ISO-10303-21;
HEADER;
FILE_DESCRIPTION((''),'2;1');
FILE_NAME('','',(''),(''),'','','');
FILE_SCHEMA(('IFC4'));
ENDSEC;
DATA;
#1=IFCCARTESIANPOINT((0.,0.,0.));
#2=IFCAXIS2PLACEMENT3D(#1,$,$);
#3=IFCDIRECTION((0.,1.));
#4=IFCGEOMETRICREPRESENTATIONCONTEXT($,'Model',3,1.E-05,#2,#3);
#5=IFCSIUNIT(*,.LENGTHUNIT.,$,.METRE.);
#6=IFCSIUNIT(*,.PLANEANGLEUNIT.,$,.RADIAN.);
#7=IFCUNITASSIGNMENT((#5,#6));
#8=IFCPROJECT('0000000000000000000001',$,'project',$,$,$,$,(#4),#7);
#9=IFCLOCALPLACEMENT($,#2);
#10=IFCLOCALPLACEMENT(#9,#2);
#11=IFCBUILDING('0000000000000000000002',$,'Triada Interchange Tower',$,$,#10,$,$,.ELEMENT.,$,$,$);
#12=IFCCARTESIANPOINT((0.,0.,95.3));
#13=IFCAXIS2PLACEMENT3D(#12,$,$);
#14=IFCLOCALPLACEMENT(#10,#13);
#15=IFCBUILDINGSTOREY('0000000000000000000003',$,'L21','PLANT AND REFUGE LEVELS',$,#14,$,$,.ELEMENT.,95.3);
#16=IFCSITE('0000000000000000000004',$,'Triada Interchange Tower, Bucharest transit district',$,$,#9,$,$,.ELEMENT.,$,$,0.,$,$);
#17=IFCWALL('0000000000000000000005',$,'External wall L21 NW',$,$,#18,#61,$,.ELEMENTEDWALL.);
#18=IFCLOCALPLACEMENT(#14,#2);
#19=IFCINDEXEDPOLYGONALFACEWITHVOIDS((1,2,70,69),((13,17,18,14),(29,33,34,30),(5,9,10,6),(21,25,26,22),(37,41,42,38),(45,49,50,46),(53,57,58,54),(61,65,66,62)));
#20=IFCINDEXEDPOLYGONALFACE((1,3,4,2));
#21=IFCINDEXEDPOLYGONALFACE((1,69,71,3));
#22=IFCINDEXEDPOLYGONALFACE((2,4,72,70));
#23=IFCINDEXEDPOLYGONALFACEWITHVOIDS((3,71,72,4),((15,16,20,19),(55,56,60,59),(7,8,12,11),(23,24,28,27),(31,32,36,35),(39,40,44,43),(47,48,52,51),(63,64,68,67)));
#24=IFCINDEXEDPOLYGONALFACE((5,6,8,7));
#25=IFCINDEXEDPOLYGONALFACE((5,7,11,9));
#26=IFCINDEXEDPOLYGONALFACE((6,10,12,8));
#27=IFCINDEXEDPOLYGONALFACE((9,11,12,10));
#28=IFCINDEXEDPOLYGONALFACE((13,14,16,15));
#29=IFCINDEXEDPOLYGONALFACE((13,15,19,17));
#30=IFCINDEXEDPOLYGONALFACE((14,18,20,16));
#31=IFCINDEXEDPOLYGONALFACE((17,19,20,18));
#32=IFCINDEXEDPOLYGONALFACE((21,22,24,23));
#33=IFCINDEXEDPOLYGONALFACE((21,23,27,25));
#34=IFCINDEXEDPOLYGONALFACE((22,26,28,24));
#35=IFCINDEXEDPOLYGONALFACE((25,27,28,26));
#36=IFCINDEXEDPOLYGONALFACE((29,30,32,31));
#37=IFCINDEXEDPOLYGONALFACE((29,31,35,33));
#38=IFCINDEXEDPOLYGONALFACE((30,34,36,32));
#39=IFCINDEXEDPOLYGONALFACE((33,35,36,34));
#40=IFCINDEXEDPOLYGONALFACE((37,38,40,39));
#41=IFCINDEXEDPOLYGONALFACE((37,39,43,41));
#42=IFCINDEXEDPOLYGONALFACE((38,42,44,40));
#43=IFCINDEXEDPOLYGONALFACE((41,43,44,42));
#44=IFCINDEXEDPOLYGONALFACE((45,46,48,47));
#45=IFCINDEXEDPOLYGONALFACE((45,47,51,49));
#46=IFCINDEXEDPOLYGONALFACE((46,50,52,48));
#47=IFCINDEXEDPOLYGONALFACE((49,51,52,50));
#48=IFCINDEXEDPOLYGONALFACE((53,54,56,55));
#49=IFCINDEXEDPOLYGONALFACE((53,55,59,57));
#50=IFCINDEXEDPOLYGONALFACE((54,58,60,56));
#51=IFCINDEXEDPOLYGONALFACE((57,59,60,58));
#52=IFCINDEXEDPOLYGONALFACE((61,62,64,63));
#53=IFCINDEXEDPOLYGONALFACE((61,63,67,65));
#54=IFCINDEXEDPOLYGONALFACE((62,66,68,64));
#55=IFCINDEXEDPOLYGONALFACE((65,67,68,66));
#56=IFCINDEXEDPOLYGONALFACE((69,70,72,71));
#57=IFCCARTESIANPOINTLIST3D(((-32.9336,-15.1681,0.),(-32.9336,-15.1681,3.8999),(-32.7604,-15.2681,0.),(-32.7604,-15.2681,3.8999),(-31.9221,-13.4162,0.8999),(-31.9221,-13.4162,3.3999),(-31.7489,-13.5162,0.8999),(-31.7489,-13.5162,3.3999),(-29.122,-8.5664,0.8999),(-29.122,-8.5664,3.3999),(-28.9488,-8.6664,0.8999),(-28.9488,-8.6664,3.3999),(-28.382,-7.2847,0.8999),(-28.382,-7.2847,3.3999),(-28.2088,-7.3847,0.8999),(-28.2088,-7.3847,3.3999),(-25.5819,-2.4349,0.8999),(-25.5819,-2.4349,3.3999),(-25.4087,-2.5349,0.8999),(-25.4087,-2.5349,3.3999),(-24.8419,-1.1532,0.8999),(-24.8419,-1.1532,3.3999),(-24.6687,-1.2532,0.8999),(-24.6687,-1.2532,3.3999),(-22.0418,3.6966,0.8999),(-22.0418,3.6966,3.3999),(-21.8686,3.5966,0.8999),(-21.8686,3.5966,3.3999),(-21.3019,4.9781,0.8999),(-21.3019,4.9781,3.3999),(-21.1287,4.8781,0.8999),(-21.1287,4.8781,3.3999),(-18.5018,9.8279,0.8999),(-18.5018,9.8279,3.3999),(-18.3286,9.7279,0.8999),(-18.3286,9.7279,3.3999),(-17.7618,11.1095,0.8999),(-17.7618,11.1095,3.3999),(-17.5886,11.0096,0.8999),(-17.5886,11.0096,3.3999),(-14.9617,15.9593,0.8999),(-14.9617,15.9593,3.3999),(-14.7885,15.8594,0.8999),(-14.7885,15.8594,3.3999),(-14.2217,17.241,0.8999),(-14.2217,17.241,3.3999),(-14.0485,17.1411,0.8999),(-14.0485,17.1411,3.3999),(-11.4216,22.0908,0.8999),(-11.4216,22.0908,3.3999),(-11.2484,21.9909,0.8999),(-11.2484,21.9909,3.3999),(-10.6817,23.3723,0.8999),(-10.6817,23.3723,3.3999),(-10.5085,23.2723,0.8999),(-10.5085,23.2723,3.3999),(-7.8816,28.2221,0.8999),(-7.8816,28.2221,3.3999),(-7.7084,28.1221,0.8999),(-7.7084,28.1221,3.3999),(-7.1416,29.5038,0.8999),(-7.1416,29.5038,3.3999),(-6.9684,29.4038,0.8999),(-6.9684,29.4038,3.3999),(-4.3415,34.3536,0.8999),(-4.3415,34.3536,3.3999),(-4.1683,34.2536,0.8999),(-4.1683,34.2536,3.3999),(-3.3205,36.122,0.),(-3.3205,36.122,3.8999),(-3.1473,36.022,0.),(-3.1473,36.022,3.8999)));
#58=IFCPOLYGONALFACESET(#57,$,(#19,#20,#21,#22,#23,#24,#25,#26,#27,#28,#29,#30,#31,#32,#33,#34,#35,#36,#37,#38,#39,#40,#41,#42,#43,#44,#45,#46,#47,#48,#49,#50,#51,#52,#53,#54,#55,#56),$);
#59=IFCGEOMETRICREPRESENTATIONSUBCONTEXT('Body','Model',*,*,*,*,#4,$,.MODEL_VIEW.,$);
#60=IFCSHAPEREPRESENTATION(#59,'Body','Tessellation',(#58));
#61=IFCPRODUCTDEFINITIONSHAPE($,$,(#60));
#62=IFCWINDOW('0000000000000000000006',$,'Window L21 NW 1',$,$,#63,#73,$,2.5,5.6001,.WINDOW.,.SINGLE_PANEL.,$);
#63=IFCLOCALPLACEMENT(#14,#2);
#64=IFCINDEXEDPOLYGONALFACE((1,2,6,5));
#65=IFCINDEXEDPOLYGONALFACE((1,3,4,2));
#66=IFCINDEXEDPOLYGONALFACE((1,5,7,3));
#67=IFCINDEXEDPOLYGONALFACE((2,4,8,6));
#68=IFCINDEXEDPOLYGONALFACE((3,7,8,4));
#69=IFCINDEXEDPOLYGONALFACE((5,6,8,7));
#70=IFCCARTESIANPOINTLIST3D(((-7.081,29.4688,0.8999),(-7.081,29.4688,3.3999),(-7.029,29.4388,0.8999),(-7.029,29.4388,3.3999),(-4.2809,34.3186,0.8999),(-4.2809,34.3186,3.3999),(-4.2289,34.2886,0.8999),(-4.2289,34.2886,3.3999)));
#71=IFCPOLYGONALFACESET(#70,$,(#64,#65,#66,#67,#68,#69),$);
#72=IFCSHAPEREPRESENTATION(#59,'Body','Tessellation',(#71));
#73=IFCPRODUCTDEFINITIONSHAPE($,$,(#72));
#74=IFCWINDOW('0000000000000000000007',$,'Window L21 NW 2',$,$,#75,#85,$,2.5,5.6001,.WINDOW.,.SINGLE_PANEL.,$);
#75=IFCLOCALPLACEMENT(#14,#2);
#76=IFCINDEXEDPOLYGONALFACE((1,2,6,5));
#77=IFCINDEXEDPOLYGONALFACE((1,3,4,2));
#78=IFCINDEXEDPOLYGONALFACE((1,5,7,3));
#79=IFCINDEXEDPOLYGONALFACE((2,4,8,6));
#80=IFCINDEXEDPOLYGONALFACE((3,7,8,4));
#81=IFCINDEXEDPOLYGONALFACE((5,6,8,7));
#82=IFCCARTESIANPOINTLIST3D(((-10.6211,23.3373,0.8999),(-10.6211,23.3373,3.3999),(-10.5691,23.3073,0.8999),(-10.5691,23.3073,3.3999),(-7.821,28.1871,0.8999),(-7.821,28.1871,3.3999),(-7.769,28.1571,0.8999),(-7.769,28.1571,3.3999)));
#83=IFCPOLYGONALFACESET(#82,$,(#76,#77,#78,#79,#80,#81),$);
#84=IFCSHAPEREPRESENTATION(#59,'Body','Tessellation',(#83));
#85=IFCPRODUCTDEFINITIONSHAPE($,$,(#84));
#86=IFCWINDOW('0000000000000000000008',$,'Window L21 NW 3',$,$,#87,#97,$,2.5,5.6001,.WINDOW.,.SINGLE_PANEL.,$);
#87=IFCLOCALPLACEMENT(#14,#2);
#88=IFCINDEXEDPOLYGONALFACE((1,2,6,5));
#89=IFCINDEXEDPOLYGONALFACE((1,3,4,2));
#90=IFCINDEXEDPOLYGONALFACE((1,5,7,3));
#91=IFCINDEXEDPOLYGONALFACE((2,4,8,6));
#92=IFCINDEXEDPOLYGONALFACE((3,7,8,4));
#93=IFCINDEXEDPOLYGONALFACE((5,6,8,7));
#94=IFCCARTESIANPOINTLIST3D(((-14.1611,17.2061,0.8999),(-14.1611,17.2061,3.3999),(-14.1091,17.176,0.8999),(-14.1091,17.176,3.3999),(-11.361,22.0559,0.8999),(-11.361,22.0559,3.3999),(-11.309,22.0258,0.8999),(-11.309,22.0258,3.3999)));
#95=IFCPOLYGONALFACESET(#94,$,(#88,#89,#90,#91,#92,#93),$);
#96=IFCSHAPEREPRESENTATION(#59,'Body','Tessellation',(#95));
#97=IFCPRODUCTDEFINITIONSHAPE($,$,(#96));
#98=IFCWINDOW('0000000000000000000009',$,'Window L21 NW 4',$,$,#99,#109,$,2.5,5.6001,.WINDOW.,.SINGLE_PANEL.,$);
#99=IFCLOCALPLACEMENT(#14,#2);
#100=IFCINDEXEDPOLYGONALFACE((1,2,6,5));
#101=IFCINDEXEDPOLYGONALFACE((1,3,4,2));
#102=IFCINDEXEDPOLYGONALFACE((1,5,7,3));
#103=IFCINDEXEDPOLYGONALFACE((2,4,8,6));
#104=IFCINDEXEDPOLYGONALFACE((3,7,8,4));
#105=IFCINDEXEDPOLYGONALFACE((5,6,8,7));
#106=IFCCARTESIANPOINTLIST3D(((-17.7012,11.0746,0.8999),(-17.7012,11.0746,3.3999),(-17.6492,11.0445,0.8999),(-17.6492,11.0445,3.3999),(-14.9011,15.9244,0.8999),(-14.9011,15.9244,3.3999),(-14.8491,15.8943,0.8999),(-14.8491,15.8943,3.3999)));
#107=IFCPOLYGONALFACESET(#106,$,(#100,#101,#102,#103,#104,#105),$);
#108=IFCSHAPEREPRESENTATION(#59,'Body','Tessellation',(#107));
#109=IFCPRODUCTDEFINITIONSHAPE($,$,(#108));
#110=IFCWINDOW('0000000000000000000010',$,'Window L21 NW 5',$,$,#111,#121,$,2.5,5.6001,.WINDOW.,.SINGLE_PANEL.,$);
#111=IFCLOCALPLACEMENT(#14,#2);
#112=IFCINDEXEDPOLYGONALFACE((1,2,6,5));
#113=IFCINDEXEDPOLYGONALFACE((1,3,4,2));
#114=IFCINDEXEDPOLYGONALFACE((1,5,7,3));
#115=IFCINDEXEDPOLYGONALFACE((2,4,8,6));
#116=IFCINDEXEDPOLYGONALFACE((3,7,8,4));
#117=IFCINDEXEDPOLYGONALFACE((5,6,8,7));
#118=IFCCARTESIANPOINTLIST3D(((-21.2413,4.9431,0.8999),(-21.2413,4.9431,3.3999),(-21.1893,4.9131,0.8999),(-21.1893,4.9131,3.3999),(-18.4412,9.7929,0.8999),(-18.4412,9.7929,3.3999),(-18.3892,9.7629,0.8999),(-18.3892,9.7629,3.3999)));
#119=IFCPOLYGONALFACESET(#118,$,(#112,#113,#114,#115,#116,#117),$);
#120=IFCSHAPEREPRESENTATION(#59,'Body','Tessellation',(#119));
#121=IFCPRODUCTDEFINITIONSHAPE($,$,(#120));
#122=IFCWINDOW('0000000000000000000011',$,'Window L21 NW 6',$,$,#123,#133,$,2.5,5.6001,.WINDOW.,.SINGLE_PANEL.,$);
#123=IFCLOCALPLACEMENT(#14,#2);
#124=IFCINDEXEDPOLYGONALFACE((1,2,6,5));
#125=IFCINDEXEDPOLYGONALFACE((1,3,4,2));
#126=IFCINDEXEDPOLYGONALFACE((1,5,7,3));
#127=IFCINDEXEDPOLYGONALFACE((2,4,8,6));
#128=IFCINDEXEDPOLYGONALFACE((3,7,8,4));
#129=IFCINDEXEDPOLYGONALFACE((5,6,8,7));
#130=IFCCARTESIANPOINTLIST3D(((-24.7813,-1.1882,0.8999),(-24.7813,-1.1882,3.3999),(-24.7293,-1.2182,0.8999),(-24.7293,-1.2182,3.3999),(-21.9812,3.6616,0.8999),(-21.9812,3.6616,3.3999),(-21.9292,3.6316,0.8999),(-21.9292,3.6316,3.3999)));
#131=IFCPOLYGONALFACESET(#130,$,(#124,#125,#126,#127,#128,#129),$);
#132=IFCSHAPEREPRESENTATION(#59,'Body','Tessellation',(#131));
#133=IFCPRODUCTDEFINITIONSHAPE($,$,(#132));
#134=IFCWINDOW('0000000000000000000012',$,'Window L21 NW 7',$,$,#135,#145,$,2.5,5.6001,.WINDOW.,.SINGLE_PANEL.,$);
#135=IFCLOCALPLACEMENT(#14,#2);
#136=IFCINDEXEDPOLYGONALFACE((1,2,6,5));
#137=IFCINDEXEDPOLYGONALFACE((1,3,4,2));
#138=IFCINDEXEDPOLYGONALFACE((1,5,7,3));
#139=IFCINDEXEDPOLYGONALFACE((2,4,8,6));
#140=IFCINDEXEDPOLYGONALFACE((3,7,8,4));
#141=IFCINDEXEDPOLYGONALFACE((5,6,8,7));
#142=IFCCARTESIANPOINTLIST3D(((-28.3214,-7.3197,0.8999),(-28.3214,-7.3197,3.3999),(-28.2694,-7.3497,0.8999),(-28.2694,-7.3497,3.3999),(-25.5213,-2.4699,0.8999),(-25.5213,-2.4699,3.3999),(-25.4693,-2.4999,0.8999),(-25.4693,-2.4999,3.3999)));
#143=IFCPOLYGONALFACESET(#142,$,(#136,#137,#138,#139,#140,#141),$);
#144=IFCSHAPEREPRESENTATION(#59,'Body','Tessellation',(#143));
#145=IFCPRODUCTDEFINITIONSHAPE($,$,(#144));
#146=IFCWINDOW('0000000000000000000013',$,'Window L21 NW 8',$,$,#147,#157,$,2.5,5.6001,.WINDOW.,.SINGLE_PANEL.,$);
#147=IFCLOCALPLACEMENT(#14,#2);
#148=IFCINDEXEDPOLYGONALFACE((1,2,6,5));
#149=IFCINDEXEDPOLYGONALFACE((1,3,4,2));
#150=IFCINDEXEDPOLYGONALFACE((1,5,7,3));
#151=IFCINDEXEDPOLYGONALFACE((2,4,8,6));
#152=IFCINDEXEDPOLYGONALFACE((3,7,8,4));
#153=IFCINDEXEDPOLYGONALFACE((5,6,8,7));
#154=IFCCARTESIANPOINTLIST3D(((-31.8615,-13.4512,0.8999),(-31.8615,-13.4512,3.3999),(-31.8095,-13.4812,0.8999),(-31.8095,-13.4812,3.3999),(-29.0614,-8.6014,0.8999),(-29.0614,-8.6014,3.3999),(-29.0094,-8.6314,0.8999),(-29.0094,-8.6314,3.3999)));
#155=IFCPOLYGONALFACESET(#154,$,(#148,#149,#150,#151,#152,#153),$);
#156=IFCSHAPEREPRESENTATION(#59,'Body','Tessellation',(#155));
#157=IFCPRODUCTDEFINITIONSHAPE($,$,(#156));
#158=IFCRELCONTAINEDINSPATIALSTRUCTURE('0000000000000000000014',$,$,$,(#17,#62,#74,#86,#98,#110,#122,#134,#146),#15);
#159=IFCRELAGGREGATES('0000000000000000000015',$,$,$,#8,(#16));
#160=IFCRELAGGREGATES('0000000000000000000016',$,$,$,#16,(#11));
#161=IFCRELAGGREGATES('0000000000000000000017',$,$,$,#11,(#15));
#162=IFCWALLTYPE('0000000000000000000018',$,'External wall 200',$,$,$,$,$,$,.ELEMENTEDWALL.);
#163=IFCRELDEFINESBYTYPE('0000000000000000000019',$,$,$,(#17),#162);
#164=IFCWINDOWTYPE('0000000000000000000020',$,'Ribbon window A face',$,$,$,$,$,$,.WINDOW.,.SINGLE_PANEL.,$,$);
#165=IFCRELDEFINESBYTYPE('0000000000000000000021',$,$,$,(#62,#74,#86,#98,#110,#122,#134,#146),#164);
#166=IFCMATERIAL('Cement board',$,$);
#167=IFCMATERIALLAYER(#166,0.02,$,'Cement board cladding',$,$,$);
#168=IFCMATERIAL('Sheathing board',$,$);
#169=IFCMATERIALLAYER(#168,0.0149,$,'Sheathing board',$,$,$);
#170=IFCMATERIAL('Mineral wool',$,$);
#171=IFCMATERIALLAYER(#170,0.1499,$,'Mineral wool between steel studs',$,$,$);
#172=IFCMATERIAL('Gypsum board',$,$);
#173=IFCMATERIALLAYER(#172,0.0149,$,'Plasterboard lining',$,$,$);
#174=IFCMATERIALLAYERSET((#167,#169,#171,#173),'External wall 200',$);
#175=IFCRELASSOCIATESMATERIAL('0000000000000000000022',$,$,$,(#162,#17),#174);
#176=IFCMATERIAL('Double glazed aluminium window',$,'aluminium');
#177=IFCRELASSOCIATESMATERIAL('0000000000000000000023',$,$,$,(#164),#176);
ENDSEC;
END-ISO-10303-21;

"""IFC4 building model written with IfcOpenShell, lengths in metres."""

from ifc_helpers import new_model, si_unit, direction, frame, frame_2d, origin, place, context, subcontext, project, spatial, rectangle, extrude, material, layer, layer_set, layer_usage, type_object, element, fill, save


model = new_model("IFC4")

# Units and contexts
model_context = context("Model", 3, precision=1e-05, world=origin(), true_north=direction((0.0, 1.0)))
body_context = subcontext(model_context, "Body", "Model", "MODEL_VIEW")
ifc_project = project(units=[si_unit("LENGTHUNIT", "METRE"), si_unit("PLANEANGLEUNIT", "RADIAN")], contexts=[model_context])

# Site, building, storey
site_placement = place(None, origin())
site = spatial("IfcSite", under=ifc_project, at=site_placement, Name="Triada Interchange Tower, Bucharest transit district", CompositionType="ELEMENT", RefElevation=0.0)
building_placement = place(site_placement, origin())
building = spatial("IfcBuilding", under=site, at=building_placement, Name="Triada Interchange Tower", CompositionType="ELEMENT")
storey_placement = place(building_placement, frame((0.0, 0.0, 95.3)))
storey = spatial("IfcBuildingStorey", under=building, at=storey_placement, Name="L21", Description="PLANT AND REFUGE LEVELS", CompositionType="ELEMENT", Elevation=95.3)

# Wall, openings, windows
ifc_material_1 = material(Name="Cement board")
ifc_layer_1 = layer(ifc_material_1, 0.02, Name="Cement board cladding")
ifc_material_2 = material(Name="Sheathing board")
ifc_layer_2 = layer(ifc_material_2, 0.0149, Name="Sheathing board")
ifc_material_3 = material(Name="Mineral wool")
ifc_layer_3 = layer(ifc_material_3, 0.1499, Name="Mineral wool between steel studs")
ifc_material_4 = material(Name="Gypsum board")
ifc_layer_4 = layer(ifc_material_4, 0.0149, Name="Plasterboard lining")
ifc_layer_set_1 = layer_set([ifc_layer_1, ifc_layer_2, ifc_layer_3, ifc_layer_4], Name="External wall 200")
ifc_layer_usage = layer_usage(ifc_layer_set_1, "AXIS2", "POSITIVE", -0.1001)
wall_type_1 = type_object("IfcWallType", Name="External wall 200", PredefinedType="ELEMENTEDWALL", material=ifc_layer_set_1)
wall_1_placement = place(storey_placement, frame((-3.2339, 36.072, 0.0), z_axis=(0.0, 0.0, 1.0), x_axis=(-0.500009, -0.86602, 0.0)))
wall_1 = element("IfcWall", 1, at=wall_1_placement, inside=storey, type_object=wall_type_1, material=ifc_layer_usage, Name="External wall L21 NW", PredefinedType="ELEMENTEDWALL", context=body_context, shape_type="SweptSolid", body=[
    extrude(rectangle(XDim=59.2251, YDim=0.2, at=frame_2d((29.6125, 0.0))), origin(), (0.0, 0.0, 1.0), 3.8999),
])
opening_1_placement = place(wall_1_placement, frame((2.042, 0.0, 0.8999)))
opening_1 = element("IfcOpeningElement", 2, at=opening_1_placement, cuts=wall_1, PredefinedType="OPENING", context=body_context, shape_type="SweptSolid", body=[
    extrude(rectangle(XDim=5.6001, YDim=2.5, at=frame_2d((2.8, 1.25))), frame((0.0, 0.1099, 0.0), z_axis=(0.0, -1.0, 0.0), x_axis=(1.0, 0.0, 0.0)), (0.0, 0.0, 1.0), 0.22),
])
opening_2_placement = place(wall_1_placement, frame((9.1221, 0.0, 0.8999)))
opening_2 = element("IfcOpeningElement", 3, at=opening_2_placement, cuts=wall_1, PredefinedType="OPENING", context=body_context, shape_type="SweptSolid", body=[
    extrude(rectangle(XDim=5.6001, YDim=2.5, at=frame_2d((2.8, 1.25))), frame((0.0, 0.1099, 0.0), z_axis=(0.0, -1.0, 0.0), x_axis=(1.0, 0.0, 0.0)), (0.0, 0.0, 1.0), 0.22),
])
opening_3_placement = place(wall_1_placement, frame((16.2019, 0.0, 0.8999)))
opening_3 = element("IfcOpeningElement", 4, at=opening_3_placement, cuts=wall_1, PredefinedType="OPENING", context=body_context, shape_type="SweptSolid", body=[
    extrude(rectangle(XDim=5.6001, YDim=2.5, at=frame_2d((2.8, 1.25))), frame((0.0, 0.1099, 0.0), z_axis=(0.0, -1.0, 0.0), x_axis=(1.0, 0.0, 0.0)), (0.0, 0.0, 1.0), 0.22),
])
opening_4_placement = place(wall_1_placement, frame((23.282, 0.0, 0.8999)))
opening_4 = element("IfcOpeningElement", 5, at=opening_4_placement, cuts=wall_1, PredefinedType="OPENING", context=body_context, shape_type="SweptSolid", body=[
    extrude(rectangle(XDim=5.6001, YDim=2.5, at=frame_2d((2.8, 1.25))), frame((0.0, 0.1099, 0.0), z_axis=(0.0, -1.0, 0.0), x_axis=(1.0, 0.0, 0.0)), (0.0, 0.0, 1.0), 0.22),
])
opening_5_placement = place(wall_1_placement, frame((30.3621, 0.0, 0.8999)))
opening_5 = element("IfcOpeningElement", 6, at=opening_5_placement, cuts=wall_1, PredefinedType="OPENING", context=body_context, shape_type="SweptSolid", body=[
    extrude(rectangle(XDim=5.6001, YDim=2.5, at=frame_2d((2.8, 1.25))), frame((0.0, 0.1099, 0.0), z_axis=(0.0, -1.0, 0.0), x_axis=(1.0, 0.0, 0.0)), (0.0, 0.0, 1.0), 0.22),
])
opening_6_placement = place(wall_1_placement, frame((37.4419, 0.0, 0.8999)))
opening_6 = element("IfcOpeningElement", 7, at=opening_6_placement, cuts=wall_1, PredefinedType="OPENING", context=body_context, shape_type="SweptSolid", body=[
    extrude(rectangle(XDim=5.6001, YDim=2.5, at=frame_2d((2.8, 1.25))), frame((0.0, 0.1099, 0.0), z_axis=(0.0, -1.0, 0.0), x_axis=(1.0, 0.0, 0.0)), (0.0, 0.0, 1.0), 0.22),
])
opening_7_placement = place(wall_1_placement, frame((44.522, 0.0, 0.8999)))
opening_7 = element("IfcOpeningElement", 8, at=opening_7_placement, cuts=wall_1, PredefinedType="OPENING", context=body_context, shape_type="SweptSolid", body=[
    extrude(rectangle(XDim=5.6001, YDim=2.5, at=frame_2d((2.8, 1.25))), frame((0.0, 0.1099, 0.0), z_axis=(0.0, -1.0, 0.0), x_axis=(1.0, 0.0, 0.0)), (0.0, 0.0, 1.0), 0.22),
])
opening_8_placement = place(wall_1_placement, frame((51.6021, 0.0, 0.8999)))
opening_8 = element("IfcOpeningElement", 9, at=opening_8_placement, cuts=wall_1, PredefinedType="OPENING", context=body_context, shape_type="SweptSolid", body=[
    extrude(rectangle(XDim=5.6001, YDim=2.5, at=frame_2d((2.8, 1.25))), frame((0.0, 0.1099, 0.0), z_axis=(0.0, -1.0, 0.0), x_axis=(1.0, 0.0, 0.0)), (0.0, 0.0, 1.0), 0.22),
])
ifc_material_5 = material(Name="Double glazed aluminium window", Category="aluminium")
window_type = type_object("IfcWindowType", Name="Ribbon window A face", PartitioningType="SINGLE_PANEL", PredefinedType="WINDOW", material=ifc_material_5)
window_1_placement = place(opening_1_placement, origin())
window_1 = element("IfcWindow", 10, at=window_1_placement, inside=storey, type_object=window_type, Name="Window L21 NW 1", OverallHeight=2.5, OverallWidth=5.6001, PartitioningType="SINGLE_PANEL", PredefinedType="WINDOW", context=body_context, shape_type="SweptSolid", body=[
    extrude(rectangle(XDim=5.6001, YDim=2.5, at=frame_2d((2.8, 1.25))), frame((0.0, 0.03, 0.0), z_axis=(0.0, -1.0, 0.0), x_axis=(1.0, 0.0, 0.0)), (0.0, 0.0, 1.0), 0.0601),
])
fill(opening_1, window_1)
window_2_placement = place(opening_2_placement, origin())
window_2 = element("IfcWindow", 11, at=window_2_placement, inside=storey, type_object=window_type, Name="Window L21 NW 2", OverallHeight=2.5, OverallWidth=5.6001, PartitioningType="SINGLE_PANEL", PredefinedType="WINDOW", context=body_context, shape_type="SweptSolid", body=[
    extrude(rectangle(XDim=5.6001, YDim=2.5, at=frame_2d((2.8, 1.25))), frame((0.0, 0.03, 0.0), z_axis=(0.0, -1.0, 0.0), x_axis=(1.0, 0.0, 0.0)), (0.0, 0.0, 1.0), 0.0601),
])
fill(opening_2, window_2)
window_3_placement = place(opening_3_placement, origin())
window_3 = element("IfcWindow", 12, at=window_3_placement, inside=storey, type_object=window_type, Name="Window L21 NW 3", OverallHeight=2.5, OverallWidth=5.6001, PartitioningType="SINGLE_PANEL", PredefinedType="WINDOW", context=body_context, shape_type="SweptSolid", body=[
    extrude(rectangle(XDim=5.6001, YDim=2.5, at=frame_2d((2.8, 1.25))), frame((0.0, 0.03, 0.0), z_axis=(0.0, -1.0, 0.0), x_axis=(1.0, 0.0, 0.0)), (0.0, 0.0, 1.0), 0.0601),
])
fill(opening_3, window_3)
window_4_placement = place(opening_4_placement, origin())
window_4 = element("IfcWindow", 13, at=window_4_placement, inside=storey, type_object=window_type, Name="Window L21 NW 4", OverallHeight=2.5, OverallWidth=5.6001, PartitioningType="SINGLE_PANEL", PredefinedType="WINDOW", context=body_context, shape_type="SweptSolid", body=[
    extrude(rectangle(XDim=5.6001, YDim=2.5, at=frame_2d((2.8, 1.25))), frame((0.0, 0.03, 0.0), z_axis=(0.0, -1.0, 0.0), x_axis=(1.0, 0.0, 0.0)), (0.0, 0.0, 1.0), 0.0601),
])
fill(opening_4, window_4)
window_5_placement = place(opening_5_placement, origin())
window_5 = element("IfcWindow", 14, at=window_5_placement, inside=storey, type_object=window_type, Name="Window L21 NW 5", OverallHeight=2.5, OverallWidth=5.6001, PartitioningType="SINGLE_PANEL", PredefinedType="WINDOW", context=body_context, shape_type="SweptSolid", body=[
    extrude(rectangle(XDim=5.6001, YDim=2.5, at=frame_2d((2.8, 1.25))), frame((0.0, 0.03, 0.0), z_axis=(0.0, -1.0, 0.0), x_axis=(1.0, 0.0, 0.0)), (0.0, 0.0, 1.0), 0.0601),
])
fill(opening_5, window_5)
window_6_placement = place(opening_6_placement, origin())
window_6 = element("IfcWindow", 15, at=window_6_placement, inside=storey, type_object=window_type, Name="Window L21 NW 6", OverallHeight=2.5, OverallWidth=5.6001, PartitioningType="SINGLE_PANEL", PredefinedType="WINDOW", context=body_context, shape_type="SweptSolid", body=[
    extrude(rectangle(XDim=5.6001, YDim=2.5, at=frame_2d((2.8, 1.25))), frame((0.0, 0.03, 0.0), z_axis=(0.0, -1.0, 0.0), x_axis=(1.0, 0.0, 0.0)), (0.0, 0.0, 1.0), 0.0601),
])
fill(opening_6, window_6)
window_7_placement = place(opening_7_placement, origin())
window_7 = element("IfcWindow", 16, at=window_7_placement, inside=storey, type_object=window_type, Name="Window L21 NW 7", OverallHeight=2.5, OverallWidth=5.6001, PartitioningType="SINGLE_PANEL", PredefinedType="WINDOW", context=body_context, shape_type="SweptSolid", body=[
    extrude(rectangle(XDim=5.6001, YDim=2.5, at=frame_2d((2.8, 1.25))), frame((0.0, 0.03, 0.0), z_axis=(0.0, -1.0, 0.0), x_axis=(1.0, 0.0, 0.0)), (0.0, 0.0, 1.0), 0.0601),
])
fill(opening_7, window_7)
window_8_placement = place(opening_8_placement, origin())
window_8 = element("IfcWindow", 17, at=window_8_placement, inside=storey, type_object=window_type, Name="Window L21 NW 8", OverallHeight=2.5, OverallWidth=5.6001, PartitioningType="SINGLE_PANEL", PredefinedType="WINDOW", context=body_context, shape_type="SweptSolid", body=[
    extrude(rectangle(XDim=5.6001, YDim=2.5, at=frame_2d((2.8, 1.25))), frame((0.0, 0.03, 0.0), z_axis=(0.0, -1.0, 0.0), x_axis=(1.0, 0.0, 0.0)), (0.0, 0.0, 1.0), 0.0601),
])
fill(opening_8, window_8)

save(model, "model.ifc")
